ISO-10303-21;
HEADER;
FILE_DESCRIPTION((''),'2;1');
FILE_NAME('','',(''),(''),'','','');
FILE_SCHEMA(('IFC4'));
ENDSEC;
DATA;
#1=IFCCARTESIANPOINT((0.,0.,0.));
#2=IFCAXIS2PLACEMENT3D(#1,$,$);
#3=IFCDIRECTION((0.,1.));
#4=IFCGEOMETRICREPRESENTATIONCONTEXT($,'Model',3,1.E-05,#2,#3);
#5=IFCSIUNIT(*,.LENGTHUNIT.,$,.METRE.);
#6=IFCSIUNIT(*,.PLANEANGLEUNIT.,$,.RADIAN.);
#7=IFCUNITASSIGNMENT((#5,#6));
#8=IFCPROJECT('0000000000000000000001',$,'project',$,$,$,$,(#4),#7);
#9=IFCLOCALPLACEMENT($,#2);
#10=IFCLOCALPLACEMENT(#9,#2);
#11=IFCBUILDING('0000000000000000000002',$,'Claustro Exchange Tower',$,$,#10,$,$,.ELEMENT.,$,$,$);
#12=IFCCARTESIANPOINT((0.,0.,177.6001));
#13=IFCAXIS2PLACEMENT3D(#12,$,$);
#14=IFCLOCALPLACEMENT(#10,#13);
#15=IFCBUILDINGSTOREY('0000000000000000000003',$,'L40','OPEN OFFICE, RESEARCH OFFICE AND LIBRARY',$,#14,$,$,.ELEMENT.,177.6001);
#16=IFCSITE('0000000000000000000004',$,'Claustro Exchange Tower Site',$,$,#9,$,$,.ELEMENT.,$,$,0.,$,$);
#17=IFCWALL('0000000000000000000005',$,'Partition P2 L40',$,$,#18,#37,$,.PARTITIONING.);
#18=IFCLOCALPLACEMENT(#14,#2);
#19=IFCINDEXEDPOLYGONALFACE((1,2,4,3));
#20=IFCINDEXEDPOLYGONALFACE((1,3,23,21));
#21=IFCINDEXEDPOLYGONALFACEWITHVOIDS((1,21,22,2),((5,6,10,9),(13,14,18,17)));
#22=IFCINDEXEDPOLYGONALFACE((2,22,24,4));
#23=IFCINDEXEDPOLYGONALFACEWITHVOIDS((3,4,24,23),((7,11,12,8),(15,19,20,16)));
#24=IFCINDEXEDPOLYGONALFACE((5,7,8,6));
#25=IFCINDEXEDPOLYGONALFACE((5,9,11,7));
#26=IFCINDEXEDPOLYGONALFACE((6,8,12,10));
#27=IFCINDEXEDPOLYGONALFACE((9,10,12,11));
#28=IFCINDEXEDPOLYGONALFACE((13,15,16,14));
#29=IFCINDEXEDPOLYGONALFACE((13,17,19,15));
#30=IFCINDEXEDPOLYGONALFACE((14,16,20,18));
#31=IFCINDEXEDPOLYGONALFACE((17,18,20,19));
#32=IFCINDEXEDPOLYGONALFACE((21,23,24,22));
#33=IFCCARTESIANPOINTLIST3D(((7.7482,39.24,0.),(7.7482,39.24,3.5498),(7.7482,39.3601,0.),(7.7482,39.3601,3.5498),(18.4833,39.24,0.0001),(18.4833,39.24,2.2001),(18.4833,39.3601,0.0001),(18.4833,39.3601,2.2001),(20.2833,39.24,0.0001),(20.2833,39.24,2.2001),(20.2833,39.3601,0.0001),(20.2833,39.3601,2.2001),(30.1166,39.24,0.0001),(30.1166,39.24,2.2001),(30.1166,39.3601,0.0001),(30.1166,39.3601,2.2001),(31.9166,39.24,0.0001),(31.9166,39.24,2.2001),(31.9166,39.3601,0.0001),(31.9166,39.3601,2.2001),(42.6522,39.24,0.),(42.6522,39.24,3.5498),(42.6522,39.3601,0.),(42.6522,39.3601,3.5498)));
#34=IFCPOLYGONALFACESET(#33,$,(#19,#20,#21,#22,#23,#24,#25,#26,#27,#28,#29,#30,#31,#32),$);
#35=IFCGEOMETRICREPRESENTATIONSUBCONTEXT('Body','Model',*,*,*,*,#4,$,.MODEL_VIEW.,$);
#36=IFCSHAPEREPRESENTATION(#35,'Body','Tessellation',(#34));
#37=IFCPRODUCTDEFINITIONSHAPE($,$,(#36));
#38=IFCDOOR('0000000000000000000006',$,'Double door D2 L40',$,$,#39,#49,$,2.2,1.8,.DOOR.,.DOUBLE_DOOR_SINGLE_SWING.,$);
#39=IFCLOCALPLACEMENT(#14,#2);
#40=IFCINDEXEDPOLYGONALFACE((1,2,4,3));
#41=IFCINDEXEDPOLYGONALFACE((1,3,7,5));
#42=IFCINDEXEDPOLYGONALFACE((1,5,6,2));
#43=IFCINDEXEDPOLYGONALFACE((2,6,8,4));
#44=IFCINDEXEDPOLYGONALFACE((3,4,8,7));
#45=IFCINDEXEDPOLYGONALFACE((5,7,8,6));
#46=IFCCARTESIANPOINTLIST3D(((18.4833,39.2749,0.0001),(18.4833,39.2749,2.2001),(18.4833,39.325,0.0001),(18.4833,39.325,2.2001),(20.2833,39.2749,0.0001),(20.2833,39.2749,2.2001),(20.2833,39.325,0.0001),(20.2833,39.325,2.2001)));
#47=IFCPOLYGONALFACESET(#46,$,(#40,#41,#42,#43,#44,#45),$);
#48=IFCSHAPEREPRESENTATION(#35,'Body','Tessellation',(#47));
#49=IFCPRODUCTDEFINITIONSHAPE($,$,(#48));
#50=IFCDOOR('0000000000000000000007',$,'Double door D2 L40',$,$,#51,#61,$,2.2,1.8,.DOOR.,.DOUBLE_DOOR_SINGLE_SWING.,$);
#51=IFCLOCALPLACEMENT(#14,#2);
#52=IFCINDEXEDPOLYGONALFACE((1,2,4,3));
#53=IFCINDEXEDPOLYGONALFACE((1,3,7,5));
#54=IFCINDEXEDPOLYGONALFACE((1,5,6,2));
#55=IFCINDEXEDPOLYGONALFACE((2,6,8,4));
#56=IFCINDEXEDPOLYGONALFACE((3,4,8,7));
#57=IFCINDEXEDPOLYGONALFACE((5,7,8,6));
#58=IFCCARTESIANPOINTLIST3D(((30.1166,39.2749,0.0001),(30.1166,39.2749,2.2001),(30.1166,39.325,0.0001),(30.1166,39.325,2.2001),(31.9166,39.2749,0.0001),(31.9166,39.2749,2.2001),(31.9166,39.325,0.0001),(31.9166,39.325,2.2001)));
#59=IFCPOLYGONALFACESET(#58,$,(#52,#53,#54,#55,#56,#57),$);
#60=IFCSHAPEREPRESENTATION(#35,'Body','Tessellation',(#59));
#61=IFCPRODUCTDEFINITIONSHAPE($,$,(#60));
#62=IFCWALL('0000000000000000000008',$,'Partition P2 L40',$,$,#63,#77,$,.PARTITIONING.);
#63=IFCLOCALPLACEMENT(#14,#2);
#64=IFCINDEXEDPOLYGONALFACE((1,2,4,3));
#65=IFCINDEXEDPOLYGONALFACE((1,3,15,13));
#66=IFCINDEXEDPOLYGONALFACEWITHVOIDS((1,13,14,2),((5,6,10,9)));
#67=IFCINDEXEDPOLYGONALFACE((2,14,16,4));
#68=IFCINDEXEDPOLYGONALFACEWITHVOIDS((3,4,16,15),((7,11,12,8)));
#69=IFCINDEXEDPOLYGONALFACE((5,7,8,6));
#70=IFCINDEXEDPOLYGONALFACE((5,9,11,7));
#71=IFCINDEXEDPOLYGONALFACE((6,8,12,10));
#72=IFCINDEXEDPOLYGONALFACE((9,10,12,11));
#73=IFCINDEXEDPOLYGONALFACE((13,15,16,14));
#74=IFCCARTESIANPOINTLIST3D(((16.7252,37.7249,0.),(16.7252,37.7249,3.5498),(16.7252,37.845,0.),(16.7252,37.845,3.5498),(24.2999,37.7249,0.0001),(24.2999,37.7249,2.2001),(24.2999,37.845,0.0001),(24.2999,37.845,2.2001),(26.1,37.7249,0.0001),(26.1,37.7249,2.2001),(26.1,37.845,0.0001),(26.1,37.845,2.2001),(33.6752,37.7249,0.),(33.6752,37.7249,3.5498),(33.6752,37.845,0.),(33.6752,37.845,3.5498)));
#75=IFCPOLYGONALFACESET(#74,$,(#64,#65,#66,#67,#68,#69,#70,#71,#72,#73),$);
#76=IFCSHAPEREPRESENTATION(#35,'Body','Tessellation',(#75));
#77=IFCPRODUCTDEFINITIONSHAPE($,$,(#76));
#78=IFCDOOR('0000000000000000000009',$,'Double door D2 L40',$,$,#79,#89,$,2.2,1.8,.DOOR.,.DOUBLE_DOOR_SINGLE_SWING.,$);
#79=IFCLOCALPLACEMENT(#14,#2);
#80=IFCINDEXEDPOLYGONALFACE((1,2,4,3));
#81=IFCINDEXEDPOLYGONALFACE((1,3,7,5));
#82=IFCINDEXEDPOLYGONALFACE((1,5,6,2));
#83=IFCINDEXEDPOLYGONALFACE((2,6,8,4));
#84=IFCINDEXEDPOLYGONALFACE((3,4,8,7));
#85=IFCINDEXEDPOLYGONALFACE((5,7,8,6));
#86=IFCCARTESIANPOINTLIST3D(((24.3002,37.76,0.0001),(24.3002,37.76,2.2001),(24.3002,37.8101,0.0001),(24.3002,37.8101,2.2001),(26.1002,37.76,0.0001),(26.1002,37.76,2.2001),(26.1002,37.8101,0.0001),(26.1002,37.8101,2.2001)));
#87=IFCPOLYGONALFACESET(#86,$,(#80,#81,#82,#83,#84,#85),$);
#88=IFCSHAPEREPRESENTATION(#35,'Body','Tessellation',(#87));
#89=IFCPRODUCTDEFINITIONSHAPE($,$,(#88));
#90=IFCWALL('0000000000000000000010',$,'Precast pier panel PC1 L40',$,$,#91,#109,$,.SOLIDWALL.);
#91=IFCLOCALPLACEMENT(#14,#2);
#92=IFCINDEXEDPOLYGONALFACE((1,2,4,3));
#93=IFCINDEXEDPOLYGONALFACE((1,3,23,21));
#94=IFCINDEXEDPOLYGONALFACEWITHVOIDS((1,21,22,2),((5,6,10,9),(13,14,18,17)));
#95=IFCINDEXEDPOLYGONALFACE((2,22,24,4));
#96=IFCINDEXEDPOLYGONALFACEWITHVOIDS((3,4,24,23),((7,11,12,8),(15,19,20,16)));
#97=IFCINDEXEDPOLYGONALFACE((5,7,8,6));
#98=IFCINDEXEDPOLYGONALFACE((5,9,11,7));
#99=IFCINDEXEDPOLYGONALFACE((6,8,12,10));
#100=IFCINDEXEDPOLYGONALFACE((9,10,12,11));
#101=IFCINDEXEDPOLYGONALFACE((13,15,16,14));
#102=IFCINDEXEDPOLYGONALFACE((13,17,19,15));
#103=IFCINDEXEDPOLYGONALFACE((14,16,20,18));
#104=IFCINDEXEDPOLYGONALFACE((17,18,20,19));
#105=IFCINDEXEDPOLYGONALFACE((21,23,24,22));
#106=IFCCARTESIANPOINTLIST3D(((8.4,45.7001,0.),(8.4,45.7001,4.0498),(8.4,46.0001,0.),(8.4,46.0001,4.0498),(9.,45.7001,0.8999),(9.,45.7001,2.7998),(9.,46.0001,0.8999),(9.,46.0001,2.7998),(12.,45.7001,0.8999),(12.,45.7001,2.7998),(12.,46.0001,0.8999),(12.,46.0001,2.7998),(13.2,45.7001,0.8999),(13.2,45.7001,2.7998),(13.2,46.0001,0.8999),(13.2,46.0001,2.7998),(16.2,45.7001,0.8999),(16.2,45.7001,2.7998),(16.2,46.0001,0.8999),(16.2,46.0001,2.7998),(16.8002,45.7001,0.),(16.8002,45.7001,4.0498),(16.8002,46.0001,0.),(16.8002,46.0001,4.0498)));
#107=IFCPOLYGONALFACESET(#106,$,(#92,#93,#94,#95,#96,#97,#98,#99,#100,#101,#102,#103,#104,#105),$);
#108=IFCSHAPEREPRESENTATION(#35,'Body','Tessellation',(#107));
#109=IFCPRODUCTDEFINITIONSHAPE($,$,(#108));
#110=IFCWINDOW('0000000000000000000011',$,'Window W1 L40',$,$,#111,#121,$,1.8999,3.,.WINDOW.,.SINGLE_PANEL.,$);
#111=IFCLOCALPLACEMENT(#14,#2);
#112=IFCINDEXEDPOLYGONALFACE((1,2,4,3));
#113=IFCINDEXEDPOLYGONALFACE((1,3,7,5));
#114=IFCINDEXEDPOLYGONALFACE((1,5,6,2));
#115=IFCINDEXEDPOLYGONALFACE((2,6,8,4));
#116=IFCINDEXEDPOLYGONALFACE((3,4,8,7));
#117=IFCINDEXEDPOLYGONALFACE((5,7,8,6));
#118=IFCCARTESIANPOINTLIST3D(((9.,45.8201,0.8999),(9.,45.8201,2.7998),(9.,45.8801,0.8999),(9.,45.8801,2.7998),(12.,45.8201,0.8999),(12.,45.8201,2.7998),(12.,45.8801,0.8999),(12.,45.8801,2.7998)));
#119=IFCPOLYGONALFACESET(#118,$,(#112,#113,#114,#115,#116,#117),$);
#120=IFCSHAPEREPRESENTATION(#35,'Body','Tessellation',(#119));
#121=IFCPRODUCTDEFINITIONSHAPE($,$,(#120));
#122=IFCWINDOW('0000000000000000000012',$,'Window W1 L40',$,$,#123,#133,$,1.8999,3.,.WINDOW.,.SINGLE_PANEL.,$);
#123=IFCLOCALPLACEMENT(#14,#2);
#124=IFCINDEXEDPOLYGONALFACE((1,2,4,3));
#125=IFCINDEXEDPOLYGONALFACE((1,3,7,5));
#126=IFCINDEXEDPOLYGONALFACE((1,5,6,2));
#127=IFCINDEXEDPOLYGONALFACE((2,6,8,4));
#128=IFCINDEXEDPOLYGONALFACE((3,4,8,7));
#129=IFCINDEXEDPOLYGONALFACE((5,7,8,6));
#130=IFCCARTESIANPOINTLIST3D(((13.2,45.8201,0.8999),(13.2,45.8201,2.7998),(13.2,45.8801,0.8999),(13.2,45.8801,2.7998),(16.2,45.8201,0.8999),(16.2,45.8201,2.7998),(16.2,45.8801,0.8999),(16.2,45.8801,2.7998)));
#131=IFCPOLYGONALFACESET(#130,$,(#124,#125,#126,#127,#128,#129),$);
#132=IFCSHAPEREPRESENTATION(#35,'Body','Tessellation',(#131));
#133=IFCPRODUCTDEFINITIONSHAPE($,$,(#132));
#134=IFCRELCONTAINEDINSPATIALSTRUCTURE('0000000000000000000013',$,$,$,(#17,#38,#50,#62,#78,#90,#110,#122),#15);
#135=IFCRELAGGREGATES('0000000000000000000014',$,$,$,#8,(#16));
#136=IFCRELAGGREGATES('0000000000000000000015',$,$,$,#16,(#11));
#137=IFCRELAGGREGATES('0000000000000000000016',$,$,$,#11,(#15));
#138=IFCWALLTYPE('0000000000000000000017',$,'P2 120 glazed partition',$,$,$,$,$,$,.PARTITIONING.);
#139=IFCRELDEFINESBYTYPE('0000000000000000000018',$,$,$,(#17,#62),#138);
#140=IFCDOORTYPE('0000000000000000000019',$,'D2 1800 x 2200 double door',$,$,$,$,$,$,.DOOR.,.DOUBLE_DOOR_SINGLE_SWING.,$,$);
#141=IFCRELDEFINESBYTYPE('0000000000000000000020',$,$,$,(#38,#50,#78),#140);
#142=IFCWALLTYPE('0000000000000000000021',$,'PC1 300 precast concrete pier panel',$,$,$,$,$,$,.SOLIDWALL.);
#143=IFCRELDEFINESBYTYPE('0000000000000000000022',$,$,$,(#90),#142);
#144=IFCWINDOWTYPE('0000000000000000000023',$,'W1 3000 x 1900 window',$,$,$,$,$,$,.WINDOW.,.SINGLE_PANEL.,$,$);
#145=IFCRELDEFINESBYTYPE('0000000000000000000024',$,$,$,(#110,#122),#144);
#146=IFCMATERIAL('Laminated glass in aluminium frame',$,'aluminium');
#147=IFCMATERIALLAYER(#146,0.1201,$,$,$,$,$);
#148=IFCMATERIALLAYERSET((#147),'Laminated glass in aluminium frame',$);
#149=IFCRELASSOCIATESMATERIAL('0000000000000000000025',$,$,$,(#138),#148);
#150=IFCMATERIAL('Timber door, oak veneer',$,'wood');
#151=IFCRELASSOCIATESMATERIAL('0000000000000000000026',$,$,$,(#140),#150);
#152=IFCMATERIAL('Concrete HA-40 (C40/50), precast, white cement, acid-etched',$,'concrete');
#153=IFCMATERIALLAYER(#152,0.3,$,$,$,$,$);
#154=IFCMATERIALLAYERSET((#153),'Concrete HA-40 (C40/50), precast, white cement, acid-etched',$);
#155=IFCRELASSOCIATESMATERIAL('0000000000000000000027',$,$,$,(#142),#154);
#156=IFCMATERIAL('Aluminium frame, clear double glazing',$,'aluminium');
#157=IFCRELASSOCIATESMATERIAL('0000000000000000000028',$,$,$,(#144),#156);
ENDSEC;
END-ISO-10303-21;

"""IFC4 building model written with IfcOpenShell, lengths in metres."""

from ifc_helpers import new_model, si_unit, direction, frame, frame_2d, origin, place, context, subcontext, project, spatial, rectangle, extrude, material, layer, layer_set, type_object, element, fill, save


model = new_model("IFC4")

# Units and contexts
model_context = context("Model", 3, precision=1e-05, world=origin(), true_north=direction((0.0, 1.0)))
body_context = subcontext(model_context, "Body", "Model", "MODEL_VIEW")
ifc_project = project(units=[si_unit("LENGTHUNIT", "METRE"), si_unit("PLANEANGLEUNIT", "RADIAN")], contexts=[model_context])

# Site, building, storey
site_placement = place(None, origin())
site = spatial("IfcSite", under=ifc_project, at=site_placement, Name="Claustro Exchange Tower Site", CompositionType="ELEMENT", RefElevation=0.0)
building_placement = place(site_placement, origin())
building = spatial("IfcBuilding", under=site, at=building_placement, Name="Claustro Exchange Tower", CompositionType="ELEMENT")
storey_placement = place(building_placement, frame((0.0, 0.0, 177.6001)))
storey = spatial("IfcBuildingStorey", under=building, at=storey_placement, Name="L40", Description="OPEN OFFICE, RESEARCH OFFICE AND LIBRARY", CompositionType="ELEMENT", Elevation=177.6001)

# Shared definitions
ifc_material_1 = material(Name="Laminated glass in aluminium frame", Category="aluminium")
ifc_layer_1 = layer(ifc_material_1, 0.1201)
ifc_layer_set_1 = layer_set([ifc_layer_1], Name="Laminated glass in aluminium frame")
wall_type_1 = type_object("IfcWallType", Name="P2 120 glazed partition", PredefinedType="PARTITIONING", material=ifc_layer_set_1)

# Wall, openings, doors
wall_1_placement = place(storey_placement, frame((7.748, 39.3, 0.0), z_axis=(0.0, 0.0, 1.0), x_axis=(1.0, 0.0, 0.0)))
wall_1 = element("IfcWall", 1, at=wall_1_placement, inside=storey, type_object=wall_type_1, Name="Partition P2 L40", PredefinedType="PARTITIONING", context=body_context, shape_type="SweptSolid", body=[
    extrude(rectangle(XDim=34.9041, YDim=0.1201, at=frame_2d((17.4521, 0.0))), origin(), (0.0, 0.0, 1.0), 3.5498),
])
opening_1_placement = place(wall_1_placement, frame((10.7354, 0.0, 0.0)))
opening_1 = element("IfcOpeningElement", 2, at=opening_1_placement, cuts=wall_1, PredefinedType="OPENING", context=body_context, shape_type="SweptSolid", body=[
    extrude(rectangle(XDim=1.8, YDim=2.2, at=frame_2d((0.8999, 1.1001))), frame((0.0, 0.0701, 0.0), z_axis=(0.0, -1.0, 0.0), x_axis=(1.0, 0.0, 0.0)), (0.0, 0.0, 1.0), 0.1401),
])
opening_2_placement = place(wall_1_placement, frame((22.3687, 0.0, 0.0)))
opening_2 = element("IfcOpeningElement", 3, at=opening_2_placement, cuts=wall_1, PredefinedType="OPENING", context=body_context, shape_type="SweptSolid", body=[
    extrude(rectangle(XDim=1.8, YDim=2.2, at=frame_2d((0.8999, 1.1001))), frame((0.0, 0.0701, 0.0), z_axis=(0.0, -1.0, 0.0), x_axis=(1.0, 0.0, 0.0)), (0.0, 0.0, 1.0), 0.1401),
])
ifc_material_2 = material(Name="Timber door, oak veneer", Category="wood")
door_type_1 = type_object("IfcDoorType", Name="D2 1800 x 2200 double door", OperationType="DOUBLE_DOOR_SINGLE_SWING", PredefinedType="DOOR", material=ifc_material_2)
door_1_placement = place(opening_1_placement, origin())
door_1 = element("IfcDoor", 4, at=door_1_placement, inside=storey, type_object=door_type_1, Name="Double door D2 L40", OperationType="DOUBLE_DOOR_SINGLE_SWING", OverallHeight=2.2, OverallWidth=1.8, PredefinedType="DOOR", context=body_context, shape_type="SweptSolid", body=[
    extrude(rectangle(XDim=1.8, YDim=2.2, at=frame_2d((0.8999, 1.1001))), frame((0.0, 0.0249, 0.0), z_axis=(0.0, -1.0, 0.0), x_axis=(1.0, 0.0, 0.0)), (0.0, 0.0, 1.0), 0.05),
])
fill(opening_1, door_1)
door_2_placement = place(opening_2_placement, origin())
door_2 = element("IfcDoor", 5, at=door_2_placement, inside=storey, type_object=door_type_1, Name="Double door D2 L40", OperationType="DOUBLE_DOOR_SINGLE_SWING", OverallHeight=2.2, OverallWidth=1.8, PredefinedType="DOOR", context=body_context, shape_type="SweptSolid", body=[
    extrude(rectangle(XDim=1.8, YDim=2.2, at=frame_2d((0.8999, 1.1001))), frame((0.0, 0.0249, 0.0), z_axis=(0.0, -1.0, 0.0), x_axis=(1.0, 0.0, 0.0)), (0.0, 0.0, 1.0), 0.05),
])
fill(opening_2, door_2)

# Wall, opening, door
wall_2_placement = place(storey_placement, frame((16.7251, 37.7849, 0.0), z_axis=(0.0, 0.0, 1.0), x_axis=(1.0, 0.0, 0.0)))
wall_2 = element("IfcWall", 6, at=wall_2_placement, inside=storey, type_object=wall_type_1, Name="Partition P2 L40", PredefinedType="PARTITIONING", context=body_context, shape_type="SweptSolid", body=[
    extrude(rectangle(XDim=16.95, YDim=0.1201, at=frame_2d((8.4751, 0.0))), origin(), (0.0, 0.0, 1.0), 3.5498),
])
opening_3_placement = place(wall_2_placement, frame((7.575, 0.0, 0.0)))
opening_3 = element("IfcOpeningElement", 7, at=opening_3_placement, cuts=wall_2, PredefinedType="OPENING", context=body_context, shape_type="SweptSolid", body=[
    extrude(rectangle(XDim=1.8, YDim=2.2, at=frame_2d((0.8999, 1.1001))), frame((0.0, 0.0701, 0.0), z_axis=(0.0, -1.0, 0.0), x_axis=(1.0, 0.0, 0.0)), (0.0, 0.0, 1.0), 0.1401),
])
door_3_placement = place(opening_3_placement, frame((1.8, 0.0, 0.0), z_axis=(0.0, 0.0, 1.0), x_axis=(-1.0, 0.0, 0.0)))
door_3 = element("IfcDoor", 8, at=door_3_placement, inside=storey, type_object=door_type_1, Name="Double door D2 L40", OperationType="DOUBLE_DOOR_SINGLE_SWING", OverallHeight=2.2, OverallWidth=1.8, PredefinedType="DOOR", context=body_context, shape_type="SweptSolid", body=[
    extrude(rectangle(XDim=1.8, YDim=2.2, at=frame_2d((0.8999, 1.1001))), frame((0.0, 0.0249, 0.0), z_axis=(0.0, -1.0, 0.0), x_axis=(1.0, 0.0, 0.0)), (0.0, 0.0, 1.0), 0.05),
])
fill(opening_3, door_3)

# Wall, openings, windows
ifc_material_3 = material(Name="Concrete HA-40 (C40/50), precast, white cement, acid-etched", Category="concrete")
ifc_layer_2 = layer(ifc_material_3, 0.3)
ifc_layer_set_2 = layer_set([ifc_layer_2], Name="Concrete HA-40 (C40/50), precast, white cement, acid-etched")
wall_type_2 = type_object("IfcWallType", Name="PC1 300 precast concrete pier panel", PredefinedType="SOLIDWALL", material=ifc_layer_set_2)
wall_3_placement = place(storey_placement, frame((8.3999, 45.8501, 0.0), z_axis=(0.0, 0.0, 1.0), x_axis=(1.0, 0.0, 0.0)))
wall_3 = element("IfcWall", 9, at=wall_3_placement, inside=storey, type_object=wall_type_2, Name="Precast pier panel PC1 L40", PredefinedType="SOLIDWALL", context=body_context, shape_type="SweptSolid", body=[
    extrude(rectangle(XDim=8.4001, YDim=0.3, at=frame_2d((4.2002, 0.0))), origin(), (0.0, 0.0, 1.0), 4.0498),
])
opening_4_placement = place(wall_3_placement, frame((0.6001, 0.0, 0.8999)))
opening_4 = element("IfcOpeningElement", 10, at=opening_4_placement, cuts=wall_3, PredefinedType="OPENING", context=body_context, shape_type="SweptSolid", body=[
    extrude(rectangle(XDim=3.0, YDim=1.8999, at=frame_2d((1.5, 0.95))), frame((0.0, 0.1599, 0.0), z_axis=(0.0, -1.0, 0.0), x_axis=(1.0, 0.0, 0.0)), (0.0, 0.0, 1.0), 0.3201),
])
opening_5_placement = place(wall_3_placement, frame((4.8, 0.0, 0.8999)))
opening_5 = element("IfcOpeningElement", 11, at=opening_5_placement, cuts=wall_3, PredefinedType="OPENING", context=body_context, shape_type="SweptSolid", body=[
    extrude(rectangle(XDim=3.0, YDim=1.8999, at=frame_2d((1.5, 0.95))), frame((0.0, 0.1599, 0.0), z_axis=(0.0, -1.0, 0.0), x_axis=(1.0, 0.0, 0.0)), (0.0, 0.0, 1.0), 0.3201),
])
ifc_material_4 = material(Name="Aluminium frame, clear double glazing", Category="aluminium")
window_type = type_object("IfcWindowType", Name="W1 3000 x 1900 window", PartitioningType="SINGLE_PANEL", PredefinedType="WINDOW", material=ifc_material_4)
window_1_placement = place(opening_4_placement, origin())
window_1 = element("IfcWindow", 12, at=window_1_placement, inside=storey, type_object=window_type, Name="Window W1 L40", OverallHeight=1.8999, OverallWidth=3.0, PartitioningType="SINGLE_PANEL", PredefinedType="WINDOW", context=body_context, shape_type="SweptSolid", body=[
    extrude(rectangle(XDim=3.0, YDim=1.8999, at=frame_2d((1.5, 0.95))), frame((0.0, 0.03, 0.0), z_axis=(0.0, -1.0, 0.0), x_axis=(1.0, 0.0, 0.0)), (0.0, 0.0, 1.0), 0.0601),
])
fill(opening_4, window_1)
window_2_placement = place(opening_5_placement, origin())
window_2 = element("IfcWindow", 13, at=window_2_placement, inside=storey, type_object=window_type, Name="Window W1 L40", OverallHeight=1.8999, OverallWidth=3.0, PartitioningType="SINGLE_PANEL", PredefinedType="WINDOW", context=body_context, shape_type="SweptSolid", body=[
    extrude(rectangle(XDim=3.0, YDim=1.8999, at=frame_2d((1.5, 0.95))), frame((0.0, 0.03, 0.0), z_axis=(0.0, -1.0, 0.0), x_axis=(1.0, 0.0, 0.0)), (0.0, 0.0, 1.0), 0.0601),
])
fill(opening_5, window_2)

save(model, "model.ifc")
